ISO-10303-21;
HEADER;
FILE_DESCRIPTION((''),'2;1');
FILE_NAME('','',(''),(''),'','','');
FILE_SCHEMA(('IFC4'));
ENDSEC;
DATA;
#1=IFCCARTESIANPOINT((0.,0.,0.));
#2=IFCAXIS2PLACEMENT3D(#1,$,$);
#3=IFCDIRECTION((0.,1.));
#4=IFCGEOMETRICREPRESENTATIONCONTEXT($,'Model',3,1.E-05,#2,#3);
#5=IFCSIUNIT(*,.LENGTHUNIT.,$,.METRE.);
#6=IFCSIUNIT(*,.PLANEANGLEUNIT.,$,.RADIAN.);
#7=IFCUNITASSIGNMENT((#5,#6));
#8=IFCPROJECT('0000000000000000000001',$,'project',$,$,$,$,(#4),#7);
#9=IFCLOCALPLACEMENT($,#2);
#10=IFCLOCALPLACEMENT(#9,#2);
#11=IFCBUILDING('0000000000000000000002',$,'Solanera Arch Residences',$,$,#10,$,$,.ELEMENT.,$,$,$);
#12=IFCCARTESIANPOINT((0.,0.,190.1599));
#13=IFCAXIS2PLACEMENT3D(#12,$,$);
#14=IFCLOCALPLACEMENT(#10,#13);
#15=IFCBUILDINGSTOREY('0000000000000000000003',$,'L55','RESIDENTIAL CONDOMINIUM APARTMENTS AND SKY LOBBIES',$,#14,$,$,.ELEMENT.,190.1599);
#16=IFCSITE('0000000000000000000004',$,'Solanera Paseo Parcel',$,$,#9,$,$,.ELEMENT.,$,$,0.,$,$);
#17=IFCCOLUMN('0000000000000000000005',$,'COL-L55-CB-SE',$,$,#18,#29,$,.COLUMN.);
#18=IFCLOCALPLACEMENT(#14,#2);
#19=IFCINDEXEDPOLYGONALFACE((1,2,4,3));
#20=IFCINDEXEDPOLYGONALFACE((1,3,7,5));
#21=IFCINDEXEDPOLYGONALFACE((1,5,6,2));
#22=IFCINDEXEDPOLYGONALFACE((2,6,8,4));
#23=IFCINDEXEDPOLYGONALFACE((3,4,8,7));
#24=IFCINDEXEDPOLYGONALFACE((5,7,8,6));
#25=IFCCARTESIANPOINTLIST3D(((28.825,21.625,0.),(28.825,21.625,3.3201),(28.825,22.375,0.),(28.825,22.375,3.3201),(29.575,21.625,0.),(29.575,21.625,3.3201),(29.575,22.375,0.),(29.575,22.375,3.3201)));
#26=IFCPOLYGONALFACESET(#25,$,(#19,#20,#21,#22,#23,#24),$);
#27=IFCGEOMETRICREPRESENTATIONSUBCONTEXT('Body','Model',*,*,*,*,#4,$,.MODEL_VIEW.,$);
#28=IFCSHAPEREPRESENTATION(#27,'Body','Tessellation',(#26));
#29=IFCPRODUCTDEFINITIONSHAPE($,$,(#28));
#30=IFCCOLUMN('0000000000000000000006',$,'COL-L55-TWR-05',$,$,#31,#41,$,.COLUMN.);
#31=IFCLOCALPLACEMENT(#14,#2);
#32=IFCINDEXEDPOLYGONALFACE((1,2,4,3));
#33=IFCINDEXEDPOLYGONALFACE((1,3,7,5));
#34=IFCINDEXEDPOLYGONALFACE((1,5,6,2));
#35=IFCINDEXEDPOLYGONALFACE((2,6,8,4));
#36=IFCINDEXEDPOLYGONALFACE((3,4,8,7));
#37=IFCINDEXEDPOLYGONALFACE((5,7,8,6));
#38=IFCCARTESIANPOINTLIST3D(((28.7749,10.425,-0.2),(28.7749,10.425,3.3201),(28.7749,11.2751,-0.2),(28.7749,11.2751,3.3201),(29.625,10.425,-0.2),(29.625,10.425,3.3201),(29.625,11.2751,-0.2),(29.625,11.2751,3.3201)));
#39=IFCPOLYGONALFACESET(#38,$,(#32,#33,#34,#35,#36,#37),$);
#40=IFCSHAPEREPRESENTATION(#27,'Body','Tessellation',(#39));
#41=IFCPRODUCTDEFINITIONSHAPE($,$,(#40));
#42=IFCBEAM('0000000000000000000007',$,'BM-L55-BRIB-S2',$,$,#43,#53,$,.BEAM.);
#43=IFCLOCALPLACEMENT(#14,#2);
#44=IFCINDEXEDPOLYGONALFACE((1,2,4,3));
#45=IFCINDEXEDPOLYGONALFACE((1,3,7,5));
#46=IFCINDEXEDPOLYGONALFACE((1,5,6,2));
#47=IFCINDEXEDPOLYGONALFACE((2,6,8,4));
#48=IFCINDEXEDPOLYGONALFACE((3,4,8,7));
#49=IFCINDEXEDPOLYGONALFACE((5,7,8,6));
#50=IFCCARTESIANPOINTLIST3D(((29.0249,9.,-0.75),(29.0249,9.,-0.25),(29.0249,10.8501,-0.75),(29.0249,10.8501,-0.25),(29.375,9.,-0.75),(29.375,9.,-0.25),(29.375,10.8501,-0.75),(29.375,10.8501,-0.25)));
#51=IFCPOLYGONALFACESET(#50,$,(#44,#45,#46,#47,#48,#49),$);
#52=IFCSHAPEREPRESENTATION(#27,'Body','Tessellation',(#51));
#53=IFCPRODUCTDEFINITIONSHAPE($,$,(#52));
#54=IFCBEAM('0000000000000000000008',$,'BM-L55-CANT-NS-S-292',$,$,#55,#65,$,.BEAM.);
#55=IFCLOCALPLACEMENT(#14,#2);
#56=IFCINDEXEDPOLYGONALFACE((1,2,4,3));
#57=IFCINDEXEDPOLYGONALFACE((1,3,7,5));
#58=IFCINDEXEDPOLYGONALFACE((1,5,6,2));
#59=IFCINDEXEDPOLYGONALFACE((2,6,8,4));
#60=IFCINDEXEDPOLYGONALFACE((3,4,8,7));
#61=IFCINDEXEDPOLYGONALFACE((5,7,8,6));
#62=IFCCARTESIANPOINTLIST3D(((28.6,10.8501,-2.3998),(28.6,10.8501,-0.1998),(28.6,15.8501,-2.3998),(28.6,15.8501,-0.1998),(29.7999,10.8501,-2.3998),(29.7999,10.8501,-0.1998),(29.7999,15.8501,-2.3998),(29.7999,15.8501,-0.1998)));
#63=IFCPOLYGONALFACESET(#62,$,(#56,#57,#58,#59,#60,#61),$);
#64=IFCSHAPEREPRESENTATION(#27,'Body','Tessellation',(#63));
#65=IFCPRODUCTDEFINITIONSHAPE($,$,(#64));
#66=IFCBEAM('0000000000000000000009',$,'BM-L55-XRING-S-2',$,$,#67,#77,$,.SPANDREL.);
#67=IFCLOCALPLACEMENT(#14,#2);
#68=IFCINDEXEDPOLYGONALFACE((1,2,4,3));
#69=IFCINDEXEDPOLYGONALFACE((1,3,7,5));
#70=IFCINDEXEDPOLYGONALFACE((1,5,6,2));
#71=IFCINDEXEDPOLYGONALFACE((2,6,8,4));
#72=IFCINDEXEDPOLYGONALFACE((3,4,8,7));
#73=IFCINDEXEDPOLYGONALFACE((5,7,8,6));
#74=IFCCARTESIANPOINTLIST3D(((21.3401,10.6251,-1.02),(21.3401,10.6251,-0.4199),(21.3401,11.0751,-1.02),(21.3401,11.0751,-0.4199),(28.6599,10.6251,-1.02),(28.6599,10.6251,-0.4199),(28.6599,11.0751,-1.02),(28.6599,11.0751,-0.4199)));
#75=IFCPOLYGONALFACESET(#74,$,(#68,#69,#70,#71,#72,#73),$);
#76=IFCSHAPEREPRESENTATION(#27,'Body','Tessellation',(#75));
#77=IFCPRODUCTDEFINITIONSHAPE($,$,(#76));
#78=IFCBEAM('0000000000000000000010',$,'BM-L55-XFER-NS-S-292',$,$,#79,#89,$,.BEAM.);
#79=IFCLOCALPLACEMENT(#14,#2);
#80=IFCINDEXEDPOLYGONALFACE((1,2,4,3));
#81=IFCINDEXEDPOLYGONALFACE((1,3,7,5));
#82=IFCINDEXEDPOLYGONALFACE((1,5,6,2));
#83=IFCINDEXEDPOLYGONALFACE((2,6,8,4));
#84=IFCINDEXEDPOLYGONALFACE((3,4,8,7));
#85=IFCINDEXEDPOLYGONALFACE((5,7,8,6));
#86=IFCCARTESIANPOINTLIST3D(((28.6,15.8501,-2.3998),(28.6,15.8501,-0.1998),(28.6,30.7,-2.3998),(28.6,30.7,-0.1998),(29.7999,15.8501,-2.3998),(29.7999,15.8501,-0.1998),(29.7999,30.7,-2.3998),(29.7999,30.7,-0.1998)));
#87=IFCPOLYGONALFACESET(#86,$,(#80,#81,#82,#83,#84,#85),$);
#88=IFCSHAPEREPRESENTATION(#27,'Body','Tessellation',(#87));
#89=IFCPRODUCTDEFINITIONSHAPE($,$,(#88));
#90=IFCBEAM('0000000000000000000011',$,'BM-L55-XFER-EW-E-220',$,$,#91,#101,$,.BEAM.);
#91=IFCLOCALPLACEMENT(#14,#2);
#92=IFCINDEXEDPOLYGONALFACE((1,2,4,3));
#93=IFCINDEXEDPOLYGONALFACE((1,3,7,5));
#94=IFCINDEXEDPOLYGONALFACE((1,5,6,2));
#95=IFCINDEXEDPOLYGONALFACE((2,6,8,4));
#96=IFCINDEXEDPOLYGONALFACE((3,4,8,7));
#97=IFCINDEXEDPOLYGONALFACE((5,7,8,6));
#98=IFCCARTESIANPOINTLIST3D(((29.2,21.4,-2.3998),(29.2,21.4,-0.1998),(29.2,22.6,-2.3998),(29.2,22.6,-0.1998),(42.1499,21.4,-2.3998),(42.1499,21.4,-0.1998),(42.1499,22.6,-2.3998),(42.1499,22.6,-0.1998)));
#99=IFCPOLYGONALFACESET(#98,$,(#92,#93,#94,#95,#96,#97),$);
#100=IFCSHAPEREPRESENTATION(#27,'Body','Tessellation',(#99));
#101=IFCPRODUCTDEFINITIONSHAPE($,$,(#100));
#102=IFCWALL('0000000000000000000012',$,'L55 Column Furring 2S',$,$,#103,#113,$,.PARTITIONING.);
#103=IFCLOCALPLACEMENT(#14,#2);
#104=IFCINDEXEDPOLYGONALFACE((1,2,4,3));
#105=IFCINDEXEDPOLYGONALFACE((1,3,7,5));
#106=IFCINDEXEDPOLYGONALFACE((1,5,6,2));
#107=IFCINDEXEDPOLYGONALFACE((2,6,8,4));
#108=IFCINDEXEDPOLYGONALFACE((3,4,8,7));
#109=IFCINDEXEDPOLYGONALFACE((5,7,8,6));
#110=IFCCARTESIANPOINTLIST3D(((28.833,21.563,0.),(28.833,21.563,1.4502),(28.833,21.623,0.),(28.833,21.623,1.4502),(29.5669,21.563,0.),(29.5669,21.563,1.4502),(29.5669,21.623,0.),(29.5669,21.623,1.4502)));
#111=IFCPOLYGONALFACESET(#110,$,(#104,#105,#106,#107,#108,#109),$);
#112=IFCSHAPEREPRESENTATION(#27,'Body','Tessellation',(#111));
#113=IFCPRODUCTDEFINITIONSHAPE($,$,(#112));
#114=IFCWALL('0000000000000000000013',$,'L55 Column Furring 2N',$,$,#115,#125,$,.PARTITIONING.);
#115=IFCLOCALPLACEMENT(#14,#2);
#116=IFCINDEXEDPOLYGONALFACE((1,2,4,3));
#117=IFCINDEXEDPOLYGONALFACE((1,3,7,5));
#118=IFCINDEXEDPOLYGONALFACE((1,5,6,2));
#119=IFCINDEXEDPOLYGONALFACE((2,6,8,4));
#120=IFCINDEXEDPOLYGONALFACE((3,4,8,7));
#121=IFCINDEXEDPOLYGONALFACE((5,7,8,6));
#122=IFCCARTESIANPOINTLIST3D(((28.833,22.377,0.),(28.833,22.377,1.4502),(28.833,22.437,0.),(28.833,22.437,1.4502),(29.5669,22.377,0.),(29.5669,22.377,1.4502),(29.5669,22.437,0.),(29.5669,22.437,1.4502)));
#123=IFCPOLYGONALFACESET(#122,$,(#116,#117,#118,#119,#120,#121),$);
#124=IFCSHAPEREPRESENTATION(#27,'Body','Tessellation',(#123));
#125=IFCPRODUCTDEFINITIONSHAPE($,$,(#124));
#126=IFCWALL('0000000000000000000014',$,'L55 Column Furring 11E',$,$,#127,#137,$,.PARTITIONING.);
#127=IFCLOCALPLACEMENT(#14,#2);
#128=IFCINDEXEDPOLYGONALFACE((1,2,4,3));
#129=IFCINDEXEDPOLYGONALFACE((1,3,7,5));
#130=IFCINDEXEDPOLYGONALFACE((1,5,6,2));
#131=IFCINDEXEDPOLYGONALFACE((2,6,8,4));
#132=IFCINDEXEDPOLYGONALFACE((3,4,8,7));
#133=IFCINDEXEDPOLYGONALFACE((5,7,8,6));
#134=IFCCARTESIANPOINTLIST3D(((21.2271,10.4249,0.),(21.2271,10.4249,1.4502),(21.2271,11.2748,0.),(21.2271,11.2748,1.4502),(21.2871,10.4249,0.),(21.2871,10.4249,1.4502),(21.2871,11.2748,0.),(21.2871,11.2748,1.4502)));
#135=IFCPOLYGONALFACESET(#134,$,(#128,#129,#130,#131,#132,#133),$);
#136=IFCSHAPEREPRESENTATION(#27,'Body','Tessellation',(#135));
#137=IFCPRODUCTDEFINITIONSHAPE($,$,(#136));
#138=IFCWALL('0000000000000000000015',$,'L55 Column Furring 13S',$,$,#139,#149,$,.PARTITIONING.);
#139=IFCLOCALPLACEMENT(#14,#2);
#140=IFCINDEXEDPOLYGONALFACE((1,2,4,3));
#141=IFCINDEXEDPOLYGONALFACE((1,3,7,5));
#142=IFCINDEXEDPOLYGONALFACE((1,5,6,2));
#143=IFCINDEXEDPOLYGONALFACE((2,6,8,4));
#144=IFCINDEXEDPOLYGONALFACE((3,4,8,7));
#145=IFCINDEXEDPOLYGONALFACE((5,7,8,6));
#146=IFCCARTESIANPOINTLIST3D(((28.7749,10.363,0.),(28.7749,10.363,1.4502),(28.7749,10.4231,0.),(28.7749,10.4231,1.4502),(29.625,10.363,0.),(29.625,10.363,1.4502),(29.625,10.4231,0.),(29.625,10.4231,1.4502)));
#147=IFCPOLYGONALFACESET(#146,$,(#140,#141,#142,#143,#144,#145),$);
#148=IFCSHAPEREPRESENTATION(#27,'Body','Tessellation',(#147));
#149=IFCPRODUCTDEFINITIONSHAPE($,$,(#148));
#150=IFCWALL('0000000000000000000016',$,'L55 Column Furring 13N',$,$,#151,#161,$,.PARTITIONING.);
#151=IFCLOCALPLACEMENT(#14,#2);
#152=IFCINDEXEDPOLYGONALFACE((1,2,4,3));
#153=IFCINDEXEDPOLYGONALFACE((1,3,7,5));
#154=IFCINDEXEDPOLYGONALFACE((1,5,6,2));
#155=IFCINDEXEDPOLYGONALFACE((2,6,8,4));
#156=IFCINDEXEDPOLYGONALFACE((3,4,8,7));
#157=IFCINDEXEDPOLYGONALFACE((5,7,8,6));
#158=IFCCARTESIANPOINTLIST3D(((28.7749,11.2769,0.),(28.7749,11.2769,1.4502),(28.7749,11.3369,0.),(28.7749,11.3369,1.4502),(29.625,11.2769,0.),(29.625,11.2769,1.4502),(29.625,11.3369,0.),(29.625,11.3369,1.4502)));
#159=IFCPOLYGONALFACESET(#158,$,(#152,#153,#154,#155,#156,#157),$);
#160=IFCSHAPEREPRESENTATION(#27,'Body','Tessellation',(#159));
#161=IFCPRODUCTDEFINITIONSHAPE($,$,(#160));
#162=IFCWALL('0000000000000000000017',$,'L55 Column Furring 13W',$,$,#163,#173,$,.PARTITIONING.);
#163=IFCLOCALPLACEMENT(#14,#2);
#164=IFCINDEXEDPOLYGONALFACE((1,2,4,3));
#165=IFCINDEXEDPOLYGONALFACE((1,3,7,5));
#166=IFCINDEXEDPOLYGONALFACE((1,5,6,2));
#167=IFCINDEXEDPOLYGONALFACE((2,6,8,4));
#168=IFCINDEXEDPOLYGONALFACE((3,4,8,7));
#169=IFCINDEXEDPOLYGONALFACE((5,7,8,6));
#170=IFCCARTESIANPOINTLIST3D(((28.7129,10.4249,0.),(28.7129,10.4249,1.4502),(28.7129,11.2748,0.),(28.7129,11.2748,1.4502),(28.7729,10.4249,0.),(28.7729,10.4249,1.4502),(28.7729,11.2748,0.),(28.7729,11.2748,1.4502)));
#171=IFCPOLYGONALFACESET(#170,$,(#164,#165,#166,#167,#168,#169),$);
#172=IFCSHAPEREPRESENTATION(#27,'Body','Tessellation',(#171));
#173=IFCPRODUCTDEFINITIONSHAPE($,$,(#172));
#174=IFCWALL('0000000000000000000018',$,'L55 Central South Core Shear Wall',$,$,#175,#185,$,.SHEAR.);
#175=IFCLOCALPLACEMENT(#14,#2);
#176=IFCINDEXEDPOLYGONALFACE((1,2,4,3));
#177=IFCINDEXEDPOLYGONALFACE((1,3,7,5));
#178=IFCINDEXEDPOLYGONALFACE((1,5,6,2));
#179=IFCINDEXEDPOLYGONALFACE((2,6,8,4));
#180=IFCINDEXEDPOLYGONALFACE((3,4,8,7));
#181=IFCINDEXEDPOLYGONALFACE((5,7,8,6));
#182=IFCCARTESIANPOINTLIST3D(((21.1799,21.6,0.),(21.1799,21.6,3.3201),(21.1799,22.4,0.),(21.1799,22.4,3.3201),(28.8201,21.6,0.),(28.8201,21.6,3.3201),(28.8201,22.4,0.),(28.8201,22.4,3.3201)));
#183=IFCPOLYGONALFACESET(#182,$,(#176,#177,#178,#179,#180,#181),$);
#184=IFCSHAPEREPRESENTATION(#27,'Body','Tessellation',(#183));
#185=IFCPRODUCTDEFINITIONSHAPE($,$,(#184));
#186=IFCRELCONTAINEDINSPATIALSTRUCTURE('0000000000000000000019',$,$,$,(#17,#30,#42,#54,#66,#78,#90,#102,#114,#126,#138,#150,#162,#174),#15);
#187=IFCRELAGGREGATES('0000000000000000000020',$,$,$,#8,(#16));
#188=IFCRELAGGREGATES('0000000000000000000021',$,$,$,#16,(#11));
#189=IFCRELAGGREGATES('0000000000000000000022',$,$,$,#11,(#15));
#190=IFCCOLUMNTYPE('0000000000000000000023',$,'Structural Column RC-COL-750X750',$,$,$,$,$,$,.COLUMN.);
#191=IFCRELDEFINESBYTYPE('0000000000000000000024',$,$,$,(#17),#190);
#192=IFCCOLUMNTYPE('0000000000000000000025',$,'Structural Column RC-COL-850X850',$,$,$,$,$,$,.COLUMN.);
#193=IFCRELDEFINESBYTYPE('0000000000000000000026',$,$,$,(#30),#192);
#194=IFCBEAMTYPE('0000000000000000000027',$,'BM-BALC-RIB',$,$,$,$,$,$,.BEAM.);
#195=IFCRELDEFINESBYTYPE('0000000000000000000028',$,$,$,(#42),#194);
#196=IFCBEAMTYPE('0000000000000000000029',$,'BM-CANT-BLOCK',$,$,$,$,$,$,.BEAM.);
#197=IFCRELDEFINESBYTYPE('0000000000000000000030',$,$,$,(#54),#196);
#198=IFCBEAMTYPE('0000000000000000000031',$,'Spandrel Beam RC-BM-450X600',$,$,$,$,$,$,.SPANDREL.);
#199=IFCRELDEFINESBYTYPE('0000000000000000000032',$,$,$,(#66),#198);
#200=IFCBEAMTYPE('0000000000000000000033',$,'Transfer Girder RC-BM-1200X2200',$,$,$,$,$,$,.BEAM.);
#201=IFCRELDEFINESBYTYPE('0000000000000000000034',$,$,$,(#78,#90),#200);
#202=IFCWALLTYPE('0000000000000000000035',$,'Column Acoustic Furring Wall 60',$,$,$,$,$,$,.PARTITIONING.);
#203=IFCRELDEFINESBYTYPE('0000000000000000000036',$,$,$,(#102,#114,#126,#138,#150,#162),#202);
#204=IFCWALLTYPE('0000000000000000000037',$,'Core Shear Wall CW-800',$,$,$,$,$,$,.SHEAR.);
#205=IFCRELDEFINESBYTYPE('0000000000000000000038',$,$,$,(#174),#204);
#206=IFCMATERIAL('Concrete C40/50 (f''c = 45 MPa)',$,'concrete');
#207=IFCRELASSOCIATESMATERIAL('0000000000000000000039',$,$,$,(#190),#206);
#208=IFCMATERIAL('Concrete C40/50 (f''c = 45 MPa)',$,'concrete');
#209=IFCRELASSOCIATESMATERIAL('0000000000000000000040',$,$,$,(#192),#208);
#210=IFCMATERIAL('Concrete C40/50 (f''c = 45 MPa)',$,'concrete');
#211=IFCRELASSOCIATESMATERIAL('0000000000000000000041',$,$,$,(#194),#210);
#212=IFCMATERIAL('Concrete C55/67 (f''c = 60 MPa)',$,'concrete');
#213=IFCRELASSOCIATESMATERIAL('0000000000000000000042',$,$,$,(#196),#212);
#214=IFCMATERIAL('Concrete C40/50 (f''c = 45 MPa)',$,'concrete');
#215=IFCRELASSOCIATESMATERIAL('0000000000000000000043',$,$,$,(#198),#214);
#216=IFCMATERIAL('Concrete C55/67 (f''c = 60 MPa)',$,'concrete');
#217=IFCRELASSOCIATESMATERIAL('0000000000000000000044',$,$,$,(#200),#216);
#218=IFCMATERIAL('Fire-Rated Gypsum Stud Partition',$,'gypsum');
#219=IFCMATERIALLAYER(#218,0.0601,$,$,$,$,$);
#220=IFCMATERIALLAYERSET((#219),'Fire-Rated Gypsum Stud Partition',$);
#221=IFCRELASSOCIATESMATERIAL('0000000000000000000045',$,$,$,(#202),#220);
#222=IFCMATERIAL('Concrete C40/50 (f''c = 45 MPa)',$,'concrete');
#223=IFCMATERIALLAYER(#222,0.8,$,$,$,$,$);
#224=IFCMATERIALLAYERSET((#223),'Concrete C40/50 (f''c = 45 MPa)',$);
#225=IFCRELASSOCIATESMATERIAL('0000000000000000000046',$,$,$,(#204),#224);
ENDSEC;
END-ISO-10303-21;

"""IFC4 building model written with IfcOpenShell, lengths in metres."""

from ifc_helpers import new_model, si_unit, direction, frame, frame_2d, origin, origin_2d, place, context, subcontext, project, spatial, rectangle, extrude, material, layer, layer_set, material_profile, profile_set, type_object, element, save


model = new_model("IFC4")

# Units and contexts
model_context = context("Model", 3, precision=1e-05, world=origin(), true_north=direction((0.0, 1.0)))
body_context = subcontext(model_context, "Body", "Model", "MODEL_VIEW")
ifc_project = project(units=[si_unit("LENGTHUNIT", "METRE"), si_unit("PLANEANGLEUNIT", "RADIAN")], contexts=[model_context])

# Site, building, storey
site_placement = place(None, origin())
site = spatial("IfcSite", under=ifc_project, at=site_placement, Name="Solanera Paseo Parcel", CompositionType="ELEMENT", RefElevation=0.0)
building_placement = place(site_placement, origin())
building = spatial("IfcBuilding", under=site, at=building_placement, Name="Solanera Arch Residences", CompositionType="ELEMENT")
storey_placement = place(building_placement, frame((0.0, 0.0, 190.1599)))
storey = spatial("IfcBuildingStorey", under=building, at=storey_placement, Name="L55", Description="RESIDENTIAL CONDOMINIUM APARTMENTS AND SKY LOBBIES", CompositionType="ELEMENT", Elevation=190.1599)

# Columns
ifc_material_1 = material(Name="Concrete C40/50 (f'c = 45 MPa)", Category="concrete")
ifc_material_profile_1 = material_profile(ifc_material_1, rectangle(XDim=0.75, YDim=0.75, at=origin_2d()))
ifc_profile_set_1 = profile_set([ifc_material_profile_1], Name="Concrete C40/50 (f'c = 45 MPa)")
column_type_1 = type_object("IfcColumnType", Name="Structural Column RC-COL-750X750", PredefinedType="COLUMN", material=ifc_profile_set_1)
column_1_placement = place(storey_placement, frame((29.2, 22.0, 0.0), z_axis=(0.0, 0.0, 1.0), x_axis=(1.0, 0.0, 0.0)))
element("IfcColumn", 1, at=column_1_placement, inside=storey, type_object=column_type_1, Name="COL-L55-CB-SE", PredefinedType="COLUMN", context=body_context, shape_type="SweptSolid", body=[
    extrude(rectangle(XDim=0.75, YDim=0.75, at=origin_2d()), origin(), (0.0, 0.0, 1.0), 3.3201),
])
ifc_material_2 = material(Name="Concrete C40/50 (f'c = 45 MPa)", Category="concrete")
ifc_material_profile_2 = material_profile(ifc_material_2, rectangle(XDim=0.8501, YDim=0.8501, at=origin_2d()))
ifc_profile_set_2 = profile_set([ifc_material_profile_2], Name="Concrete C40/50 (f'c = 45 MPa)")
column_type_2 = type_object("IfcColumnType", Name="Structural Column RC-COL-850X850", PredefinedType="COLUMN", material=ifc_profile_set_2)
column_2_placement = place(storey_placement, frame((29.2, 10.8501, -0.2), z_axis=(0.0, 0.0, 1.0), x_axis=(1.0, 0.0, 0.0)))
element("IfcColumn", 2, at=column_2_placement, inside=storey, type_object=column_type_2, Name="COL-L55-TWR-05", PredefinedType="COLUMN", context=body_context, shape_type="SweptSolid", body=[
    extrude(rectangle(XDim=0.8501, YDim=0.8501, at=origin_2d()), origin(), (0.0, 0.0, 1.0), 3.52),
])

# Beams
ifc_material_3 = material(Name="Concrete C40/50 (f'c = 45 MPa)", Category="concrete")
ifc_material_profile_3 = material_profile(ifc_material_3, rectangle(XDim=0.3501, YDim=0.5, at=origin_2d()))
ifc_profile_set_3 = profile_set([ifc_material_profile_3], Name="Concrete C40/50 (f'c = 45 MPa)")
beam_type_1 = type_object("IfcBeamType", Name="BM-BALC-RIB", PredefinedType="BEAM", material=ifc_profile_set_3)
beam_1_placement = place(storey_placement, frame((29.2, 9.0, -0.5), z_axis=(0.0, 1.0, 0.0), x_axis=(-1.0, 0.0, 0.0)))
element("IfcBeam", 3, at=beam_1_placement, inside=storey, type_object=beam_type_1, Name="BM-L55-BRIB-S2", PredefinedType="BEAM", context=body_context, shape_type="SweptSolid", body=[
    extrude(rectangle(XDim=0.3501, YDim=0.5, at=origin_2d()), origin(), (0.0, 0.0, 1.0), 1.8501),
])
ifc_material_4 = material(Name="Concrete C55/67 (f'c = 60 MPa)", Category="concrete")
ifc_material_profile_4 = material_profile(ifc_material_4, rectangle(XDim=1.2, YDim=2.2, at=origin_2d()))
ifc_profile_set_4 = profile_set([ifc_material_profile_4], Name="Concrete C55/67 (f'c = 60 MPa)")
beam_type_2 = type_object("IfcBeamType", Name="BM-CANT-BLOCK", PredefinedType="BEAM", material=ifc_profile_set_4)
beam_2_placement = place(storey_placement, frame((29.2, 10.8501, -1.2998), z_axis=(0.0, 1.0, 0.0), x_axis=(-1.0, 0.0, 0.0)))
element("IfcBeam", 4, at=beam_2_placement, inside=storey, type_object=beam_type_2, Name="BM-L55-CANT-NS-S-292", PredefinedType="BEAM", context=body_context, shape_type="SweptSolid", body=[
    extrude(rectangle(XDim=1.2, YDim=2.2, at=origin_2d()), origin(), (0.0, 0.0, 1.0), 5.0),
])
ifc_material_5 = material(Name="Concrete C40/50 (f'c = 45 MPa)", Category="concrete")
ifc_material_profile_5 = material_profile(ifc_material_5, rectangle(XDim=0.45, YDim=0.6001, at=origin_2d()))
ifc_profile_set_5 = profile_set([ifc_material_profile_5], Name="Concrete C40/50 (f'c = 45 MPa)")
beam_type_3 = type_object("IfcBeamType", Name="Spandrel Beam RC-BM-450X600", PredefinedType="SPANDREL", material=ifc_profile_set_5)
beam_3_placement = place(storey_placement, frame((21.3401, 10.8501, -0.72), z_axis=(1.0, 0.0, 0.0), x_axis=(0.0, 1.0, 0.0)))
element("IfcBeam", 5, at=beam_3_placement, inside=storey, type_object=beam_type_3, Name="BM-L55-XRING-S-2", PredefinedType="SPANDREL", context=body_context, shape_type="SweptSolid", body=[
    extrude(rectangle(XDim=0.45, YDim=0.6001, at=origin_2d()), origin(), (0.0, 0.0, 1.0), 7.3198),
])
ifc_material_6 = material(Name="Concrete C55/67 (f'c = 60 MPa)", Category="concrete")
ifc_material_profile_6 = material_profile(ifc_material_6, rectangle(XDim=1.2, YDim=2.2, at=origin_2d()))
ifc_profile_set_6 = profile_set([ifc_material_profile_6], Name="Concrete C55/67 (f'c = 60 MPa)")
beam_type_4 = type_object("IfcBeamType", Name="Transfer Girder RC-BM-1200X2200", PredefinedType="BEAM", material=ifc_profile_set_6)
beam_4_placement = place(storey_placement, frame((29.2, 15.8501, -1.2998), z_axis=(0.0, 1.0, 0.0), x_axis=(-1.0, 0.0, 0.0)))
element("IfcBeam", 6, at=beam_4_placement, inside=storey, type_object=beam_type_4, Name="BM-L55-XFER-NS-S-292", PredefinedType="BEAM", context=body_context, shape_type="SweptSolid", body=[
    extrude(rectangle(XDim=1.2, YDim=2.2, at=origin_2d()), origin(), (0.0, 0.0, 1.0), 14.8499),
])
beam_5_placement = place(storey_placement, frame((29.2, 22.0, -1.2998), z_axis=(1.0, 0.0, 0.0), x_axis=(0.0, 1.0, 0.0)))
element("IfcBeam", 7, at=beam_5_placement, inside=storey, type_object=beam_type_4, Name="BM-L55-XFER-EW-E-220", PredefinedType="BEAM", context=body_context, shape_type="SweptSolid", body=[
    extrude(rectangle(XDim=1.2, YDim=2.2, at=origin_2d()), origin(), (0.0, 0.0, 1.0), 12.95),
])

# Walls
ifc_material_7 = material(Name="Fire-Rated Gypsum Stud Partition", Category="gypsum")
ifc_layer_1 = layer(ifc_material_7, 0.0601)
ifc_layer_set_1 = layer_set([ifc_layer_1], Name="Fire-Rated Gypsum Stud Partition")
wall_type_1 = type_object("IfcWallType", Name="Column Acoustic Furring Wall 60", PredefinedType="PARTITIONING", material=ifc_layer_set_1)
for number, where, z_axis, x_axis, name in (
    (8, (28.833, 21.593, 0.0), (0.0, 0.0, 1.0), (1.0, 0.0, 0.0), "L55 Column Furring 2S"),
    (9, (28.833, 22.407, 0.0), (0.0, 0.0, 1.0), (1.0, 0.0, 0.0), "L55 Column Furring 2N"),
):
    element("IfcWall", number, at=place(storey_placement, frame(where, z_axis=z_axis, x_axis=x_axis)), inside=storey, type_object=wall_type_1, Name=name, PredefinedType="PARTITIONING", context=body_context, shape_type="SweptSolid", body=[
        extrude(rectangle(XDim=0.7339, YDim=0.0601, at=frame_2d((0.3669, 0.0))), origin(), (0.0, 0.0, 1.0), 1.4502),
    ])
wall_1_placement = place(storey_placement, frame((21.2571, 10.425, 0.0), z_axis=(0.0, 0.0, 1.0), x_axis=(0.0, 1.0, 0.0)))
element("IfcWall", 10, at=wall_1_placement, inside=storey, type_object=wall_type_1, Name="L55 Column Furring 11E", PredefinedType="PARTITIONING", context=body_context, shape_type="SweptSolid", body=[
    extrude(rectangle(XDim=0.8499, YDim=0.0601, at=frame_2d((0.4248, 0.0))), origin(), (0.0, 0.0, 1.0), 1.4502),
])
for number, where, z_axis, x_axis, name in (
    (11, (28.7749, 10.3931, 0.0), (0.0, 0.0, 1.0), (1.0, 0.0, 0.0), "L55 Column Furring 13S"),
    (12, (28.7749, 11.3069, 0.0), (0.0, 0.0, 1.0), (1.0, 0.0, 0.0), "L55 Column Furring 13N"),
):
    element("IfcWall", number, at=place(storey_placement, frame(where, z_axis=z_axis, x_axis=x_axis)), inside=storey, type_object=wall_type_1, Name=name, PredefinedType="PARTITIONING", context=body_context, shape_type="SweptSolid", body=[
        extrude(rectangle(XDim=0.8501, YDim=0.0601, at=frame_2d((0.425, 0.0))), origin(), (0.0, 0.0, 1.0), 1.4502),
    ])
wall_2_placement = place(storey_placement, frame((28.7429, 10.425, 0.0), z_axis=(0.0, 0.0, 1.0), x_axis=(0.0, 1.0, 0.0)))
element("IfcWall", 13, at=wall_2_placement, inside=storey, type_object=wall_type_1, Name="L55 Column Furring 13W", PredefinedType="PARTITIONING", context=body_context, shape_type="SweptSolid", body=[
    extrude(rectangle(XDim=0.8499, YDim=0.0601, at=frame_2d((0.4248, 0.0))), origin(), (0.0, 0.0, 1.0), 1.4502),
])
ifc_material_8 = material(Name="Concrete C40/50 (f'c = 45 MPa)", Category="concrete")
ifc_layer_2 = layer(ifc_material_8, 0.8)
ifc_layer_set_2 = layer_set([ifc_layer_2], Name="Concrete C40/50 (f'c = 45 MPa)")
wall_type_2 = type_object("IfcWallType", Name="Core Shear Wall CW-800", PredefinedType="SHEAR", material=ifc_layer_set_2)
wall_3_placement = place(storey_placement, frame((21.1799, 22.0, 0.0), z_axis=(0.0, 0.0, 1.0), x_axis=(1.0, 0.0, 0.0)))
element("IfcWall", 14, at=wall_3_placement, inside=storey, type_object=wall_type_2, Name="L55 Central South Core Shear Wall", PredefinedType="SHEAR", context=body_context, shape_type="SweptSolid", body=[
    extrude(rectangle(XDim=7.6401, YDim=0.8, at=frame_2d((3.8201, 0.0))), origin(), (0.0, 0.0, 1.0), 3.3201),
])

save(model, "model.ifc")
